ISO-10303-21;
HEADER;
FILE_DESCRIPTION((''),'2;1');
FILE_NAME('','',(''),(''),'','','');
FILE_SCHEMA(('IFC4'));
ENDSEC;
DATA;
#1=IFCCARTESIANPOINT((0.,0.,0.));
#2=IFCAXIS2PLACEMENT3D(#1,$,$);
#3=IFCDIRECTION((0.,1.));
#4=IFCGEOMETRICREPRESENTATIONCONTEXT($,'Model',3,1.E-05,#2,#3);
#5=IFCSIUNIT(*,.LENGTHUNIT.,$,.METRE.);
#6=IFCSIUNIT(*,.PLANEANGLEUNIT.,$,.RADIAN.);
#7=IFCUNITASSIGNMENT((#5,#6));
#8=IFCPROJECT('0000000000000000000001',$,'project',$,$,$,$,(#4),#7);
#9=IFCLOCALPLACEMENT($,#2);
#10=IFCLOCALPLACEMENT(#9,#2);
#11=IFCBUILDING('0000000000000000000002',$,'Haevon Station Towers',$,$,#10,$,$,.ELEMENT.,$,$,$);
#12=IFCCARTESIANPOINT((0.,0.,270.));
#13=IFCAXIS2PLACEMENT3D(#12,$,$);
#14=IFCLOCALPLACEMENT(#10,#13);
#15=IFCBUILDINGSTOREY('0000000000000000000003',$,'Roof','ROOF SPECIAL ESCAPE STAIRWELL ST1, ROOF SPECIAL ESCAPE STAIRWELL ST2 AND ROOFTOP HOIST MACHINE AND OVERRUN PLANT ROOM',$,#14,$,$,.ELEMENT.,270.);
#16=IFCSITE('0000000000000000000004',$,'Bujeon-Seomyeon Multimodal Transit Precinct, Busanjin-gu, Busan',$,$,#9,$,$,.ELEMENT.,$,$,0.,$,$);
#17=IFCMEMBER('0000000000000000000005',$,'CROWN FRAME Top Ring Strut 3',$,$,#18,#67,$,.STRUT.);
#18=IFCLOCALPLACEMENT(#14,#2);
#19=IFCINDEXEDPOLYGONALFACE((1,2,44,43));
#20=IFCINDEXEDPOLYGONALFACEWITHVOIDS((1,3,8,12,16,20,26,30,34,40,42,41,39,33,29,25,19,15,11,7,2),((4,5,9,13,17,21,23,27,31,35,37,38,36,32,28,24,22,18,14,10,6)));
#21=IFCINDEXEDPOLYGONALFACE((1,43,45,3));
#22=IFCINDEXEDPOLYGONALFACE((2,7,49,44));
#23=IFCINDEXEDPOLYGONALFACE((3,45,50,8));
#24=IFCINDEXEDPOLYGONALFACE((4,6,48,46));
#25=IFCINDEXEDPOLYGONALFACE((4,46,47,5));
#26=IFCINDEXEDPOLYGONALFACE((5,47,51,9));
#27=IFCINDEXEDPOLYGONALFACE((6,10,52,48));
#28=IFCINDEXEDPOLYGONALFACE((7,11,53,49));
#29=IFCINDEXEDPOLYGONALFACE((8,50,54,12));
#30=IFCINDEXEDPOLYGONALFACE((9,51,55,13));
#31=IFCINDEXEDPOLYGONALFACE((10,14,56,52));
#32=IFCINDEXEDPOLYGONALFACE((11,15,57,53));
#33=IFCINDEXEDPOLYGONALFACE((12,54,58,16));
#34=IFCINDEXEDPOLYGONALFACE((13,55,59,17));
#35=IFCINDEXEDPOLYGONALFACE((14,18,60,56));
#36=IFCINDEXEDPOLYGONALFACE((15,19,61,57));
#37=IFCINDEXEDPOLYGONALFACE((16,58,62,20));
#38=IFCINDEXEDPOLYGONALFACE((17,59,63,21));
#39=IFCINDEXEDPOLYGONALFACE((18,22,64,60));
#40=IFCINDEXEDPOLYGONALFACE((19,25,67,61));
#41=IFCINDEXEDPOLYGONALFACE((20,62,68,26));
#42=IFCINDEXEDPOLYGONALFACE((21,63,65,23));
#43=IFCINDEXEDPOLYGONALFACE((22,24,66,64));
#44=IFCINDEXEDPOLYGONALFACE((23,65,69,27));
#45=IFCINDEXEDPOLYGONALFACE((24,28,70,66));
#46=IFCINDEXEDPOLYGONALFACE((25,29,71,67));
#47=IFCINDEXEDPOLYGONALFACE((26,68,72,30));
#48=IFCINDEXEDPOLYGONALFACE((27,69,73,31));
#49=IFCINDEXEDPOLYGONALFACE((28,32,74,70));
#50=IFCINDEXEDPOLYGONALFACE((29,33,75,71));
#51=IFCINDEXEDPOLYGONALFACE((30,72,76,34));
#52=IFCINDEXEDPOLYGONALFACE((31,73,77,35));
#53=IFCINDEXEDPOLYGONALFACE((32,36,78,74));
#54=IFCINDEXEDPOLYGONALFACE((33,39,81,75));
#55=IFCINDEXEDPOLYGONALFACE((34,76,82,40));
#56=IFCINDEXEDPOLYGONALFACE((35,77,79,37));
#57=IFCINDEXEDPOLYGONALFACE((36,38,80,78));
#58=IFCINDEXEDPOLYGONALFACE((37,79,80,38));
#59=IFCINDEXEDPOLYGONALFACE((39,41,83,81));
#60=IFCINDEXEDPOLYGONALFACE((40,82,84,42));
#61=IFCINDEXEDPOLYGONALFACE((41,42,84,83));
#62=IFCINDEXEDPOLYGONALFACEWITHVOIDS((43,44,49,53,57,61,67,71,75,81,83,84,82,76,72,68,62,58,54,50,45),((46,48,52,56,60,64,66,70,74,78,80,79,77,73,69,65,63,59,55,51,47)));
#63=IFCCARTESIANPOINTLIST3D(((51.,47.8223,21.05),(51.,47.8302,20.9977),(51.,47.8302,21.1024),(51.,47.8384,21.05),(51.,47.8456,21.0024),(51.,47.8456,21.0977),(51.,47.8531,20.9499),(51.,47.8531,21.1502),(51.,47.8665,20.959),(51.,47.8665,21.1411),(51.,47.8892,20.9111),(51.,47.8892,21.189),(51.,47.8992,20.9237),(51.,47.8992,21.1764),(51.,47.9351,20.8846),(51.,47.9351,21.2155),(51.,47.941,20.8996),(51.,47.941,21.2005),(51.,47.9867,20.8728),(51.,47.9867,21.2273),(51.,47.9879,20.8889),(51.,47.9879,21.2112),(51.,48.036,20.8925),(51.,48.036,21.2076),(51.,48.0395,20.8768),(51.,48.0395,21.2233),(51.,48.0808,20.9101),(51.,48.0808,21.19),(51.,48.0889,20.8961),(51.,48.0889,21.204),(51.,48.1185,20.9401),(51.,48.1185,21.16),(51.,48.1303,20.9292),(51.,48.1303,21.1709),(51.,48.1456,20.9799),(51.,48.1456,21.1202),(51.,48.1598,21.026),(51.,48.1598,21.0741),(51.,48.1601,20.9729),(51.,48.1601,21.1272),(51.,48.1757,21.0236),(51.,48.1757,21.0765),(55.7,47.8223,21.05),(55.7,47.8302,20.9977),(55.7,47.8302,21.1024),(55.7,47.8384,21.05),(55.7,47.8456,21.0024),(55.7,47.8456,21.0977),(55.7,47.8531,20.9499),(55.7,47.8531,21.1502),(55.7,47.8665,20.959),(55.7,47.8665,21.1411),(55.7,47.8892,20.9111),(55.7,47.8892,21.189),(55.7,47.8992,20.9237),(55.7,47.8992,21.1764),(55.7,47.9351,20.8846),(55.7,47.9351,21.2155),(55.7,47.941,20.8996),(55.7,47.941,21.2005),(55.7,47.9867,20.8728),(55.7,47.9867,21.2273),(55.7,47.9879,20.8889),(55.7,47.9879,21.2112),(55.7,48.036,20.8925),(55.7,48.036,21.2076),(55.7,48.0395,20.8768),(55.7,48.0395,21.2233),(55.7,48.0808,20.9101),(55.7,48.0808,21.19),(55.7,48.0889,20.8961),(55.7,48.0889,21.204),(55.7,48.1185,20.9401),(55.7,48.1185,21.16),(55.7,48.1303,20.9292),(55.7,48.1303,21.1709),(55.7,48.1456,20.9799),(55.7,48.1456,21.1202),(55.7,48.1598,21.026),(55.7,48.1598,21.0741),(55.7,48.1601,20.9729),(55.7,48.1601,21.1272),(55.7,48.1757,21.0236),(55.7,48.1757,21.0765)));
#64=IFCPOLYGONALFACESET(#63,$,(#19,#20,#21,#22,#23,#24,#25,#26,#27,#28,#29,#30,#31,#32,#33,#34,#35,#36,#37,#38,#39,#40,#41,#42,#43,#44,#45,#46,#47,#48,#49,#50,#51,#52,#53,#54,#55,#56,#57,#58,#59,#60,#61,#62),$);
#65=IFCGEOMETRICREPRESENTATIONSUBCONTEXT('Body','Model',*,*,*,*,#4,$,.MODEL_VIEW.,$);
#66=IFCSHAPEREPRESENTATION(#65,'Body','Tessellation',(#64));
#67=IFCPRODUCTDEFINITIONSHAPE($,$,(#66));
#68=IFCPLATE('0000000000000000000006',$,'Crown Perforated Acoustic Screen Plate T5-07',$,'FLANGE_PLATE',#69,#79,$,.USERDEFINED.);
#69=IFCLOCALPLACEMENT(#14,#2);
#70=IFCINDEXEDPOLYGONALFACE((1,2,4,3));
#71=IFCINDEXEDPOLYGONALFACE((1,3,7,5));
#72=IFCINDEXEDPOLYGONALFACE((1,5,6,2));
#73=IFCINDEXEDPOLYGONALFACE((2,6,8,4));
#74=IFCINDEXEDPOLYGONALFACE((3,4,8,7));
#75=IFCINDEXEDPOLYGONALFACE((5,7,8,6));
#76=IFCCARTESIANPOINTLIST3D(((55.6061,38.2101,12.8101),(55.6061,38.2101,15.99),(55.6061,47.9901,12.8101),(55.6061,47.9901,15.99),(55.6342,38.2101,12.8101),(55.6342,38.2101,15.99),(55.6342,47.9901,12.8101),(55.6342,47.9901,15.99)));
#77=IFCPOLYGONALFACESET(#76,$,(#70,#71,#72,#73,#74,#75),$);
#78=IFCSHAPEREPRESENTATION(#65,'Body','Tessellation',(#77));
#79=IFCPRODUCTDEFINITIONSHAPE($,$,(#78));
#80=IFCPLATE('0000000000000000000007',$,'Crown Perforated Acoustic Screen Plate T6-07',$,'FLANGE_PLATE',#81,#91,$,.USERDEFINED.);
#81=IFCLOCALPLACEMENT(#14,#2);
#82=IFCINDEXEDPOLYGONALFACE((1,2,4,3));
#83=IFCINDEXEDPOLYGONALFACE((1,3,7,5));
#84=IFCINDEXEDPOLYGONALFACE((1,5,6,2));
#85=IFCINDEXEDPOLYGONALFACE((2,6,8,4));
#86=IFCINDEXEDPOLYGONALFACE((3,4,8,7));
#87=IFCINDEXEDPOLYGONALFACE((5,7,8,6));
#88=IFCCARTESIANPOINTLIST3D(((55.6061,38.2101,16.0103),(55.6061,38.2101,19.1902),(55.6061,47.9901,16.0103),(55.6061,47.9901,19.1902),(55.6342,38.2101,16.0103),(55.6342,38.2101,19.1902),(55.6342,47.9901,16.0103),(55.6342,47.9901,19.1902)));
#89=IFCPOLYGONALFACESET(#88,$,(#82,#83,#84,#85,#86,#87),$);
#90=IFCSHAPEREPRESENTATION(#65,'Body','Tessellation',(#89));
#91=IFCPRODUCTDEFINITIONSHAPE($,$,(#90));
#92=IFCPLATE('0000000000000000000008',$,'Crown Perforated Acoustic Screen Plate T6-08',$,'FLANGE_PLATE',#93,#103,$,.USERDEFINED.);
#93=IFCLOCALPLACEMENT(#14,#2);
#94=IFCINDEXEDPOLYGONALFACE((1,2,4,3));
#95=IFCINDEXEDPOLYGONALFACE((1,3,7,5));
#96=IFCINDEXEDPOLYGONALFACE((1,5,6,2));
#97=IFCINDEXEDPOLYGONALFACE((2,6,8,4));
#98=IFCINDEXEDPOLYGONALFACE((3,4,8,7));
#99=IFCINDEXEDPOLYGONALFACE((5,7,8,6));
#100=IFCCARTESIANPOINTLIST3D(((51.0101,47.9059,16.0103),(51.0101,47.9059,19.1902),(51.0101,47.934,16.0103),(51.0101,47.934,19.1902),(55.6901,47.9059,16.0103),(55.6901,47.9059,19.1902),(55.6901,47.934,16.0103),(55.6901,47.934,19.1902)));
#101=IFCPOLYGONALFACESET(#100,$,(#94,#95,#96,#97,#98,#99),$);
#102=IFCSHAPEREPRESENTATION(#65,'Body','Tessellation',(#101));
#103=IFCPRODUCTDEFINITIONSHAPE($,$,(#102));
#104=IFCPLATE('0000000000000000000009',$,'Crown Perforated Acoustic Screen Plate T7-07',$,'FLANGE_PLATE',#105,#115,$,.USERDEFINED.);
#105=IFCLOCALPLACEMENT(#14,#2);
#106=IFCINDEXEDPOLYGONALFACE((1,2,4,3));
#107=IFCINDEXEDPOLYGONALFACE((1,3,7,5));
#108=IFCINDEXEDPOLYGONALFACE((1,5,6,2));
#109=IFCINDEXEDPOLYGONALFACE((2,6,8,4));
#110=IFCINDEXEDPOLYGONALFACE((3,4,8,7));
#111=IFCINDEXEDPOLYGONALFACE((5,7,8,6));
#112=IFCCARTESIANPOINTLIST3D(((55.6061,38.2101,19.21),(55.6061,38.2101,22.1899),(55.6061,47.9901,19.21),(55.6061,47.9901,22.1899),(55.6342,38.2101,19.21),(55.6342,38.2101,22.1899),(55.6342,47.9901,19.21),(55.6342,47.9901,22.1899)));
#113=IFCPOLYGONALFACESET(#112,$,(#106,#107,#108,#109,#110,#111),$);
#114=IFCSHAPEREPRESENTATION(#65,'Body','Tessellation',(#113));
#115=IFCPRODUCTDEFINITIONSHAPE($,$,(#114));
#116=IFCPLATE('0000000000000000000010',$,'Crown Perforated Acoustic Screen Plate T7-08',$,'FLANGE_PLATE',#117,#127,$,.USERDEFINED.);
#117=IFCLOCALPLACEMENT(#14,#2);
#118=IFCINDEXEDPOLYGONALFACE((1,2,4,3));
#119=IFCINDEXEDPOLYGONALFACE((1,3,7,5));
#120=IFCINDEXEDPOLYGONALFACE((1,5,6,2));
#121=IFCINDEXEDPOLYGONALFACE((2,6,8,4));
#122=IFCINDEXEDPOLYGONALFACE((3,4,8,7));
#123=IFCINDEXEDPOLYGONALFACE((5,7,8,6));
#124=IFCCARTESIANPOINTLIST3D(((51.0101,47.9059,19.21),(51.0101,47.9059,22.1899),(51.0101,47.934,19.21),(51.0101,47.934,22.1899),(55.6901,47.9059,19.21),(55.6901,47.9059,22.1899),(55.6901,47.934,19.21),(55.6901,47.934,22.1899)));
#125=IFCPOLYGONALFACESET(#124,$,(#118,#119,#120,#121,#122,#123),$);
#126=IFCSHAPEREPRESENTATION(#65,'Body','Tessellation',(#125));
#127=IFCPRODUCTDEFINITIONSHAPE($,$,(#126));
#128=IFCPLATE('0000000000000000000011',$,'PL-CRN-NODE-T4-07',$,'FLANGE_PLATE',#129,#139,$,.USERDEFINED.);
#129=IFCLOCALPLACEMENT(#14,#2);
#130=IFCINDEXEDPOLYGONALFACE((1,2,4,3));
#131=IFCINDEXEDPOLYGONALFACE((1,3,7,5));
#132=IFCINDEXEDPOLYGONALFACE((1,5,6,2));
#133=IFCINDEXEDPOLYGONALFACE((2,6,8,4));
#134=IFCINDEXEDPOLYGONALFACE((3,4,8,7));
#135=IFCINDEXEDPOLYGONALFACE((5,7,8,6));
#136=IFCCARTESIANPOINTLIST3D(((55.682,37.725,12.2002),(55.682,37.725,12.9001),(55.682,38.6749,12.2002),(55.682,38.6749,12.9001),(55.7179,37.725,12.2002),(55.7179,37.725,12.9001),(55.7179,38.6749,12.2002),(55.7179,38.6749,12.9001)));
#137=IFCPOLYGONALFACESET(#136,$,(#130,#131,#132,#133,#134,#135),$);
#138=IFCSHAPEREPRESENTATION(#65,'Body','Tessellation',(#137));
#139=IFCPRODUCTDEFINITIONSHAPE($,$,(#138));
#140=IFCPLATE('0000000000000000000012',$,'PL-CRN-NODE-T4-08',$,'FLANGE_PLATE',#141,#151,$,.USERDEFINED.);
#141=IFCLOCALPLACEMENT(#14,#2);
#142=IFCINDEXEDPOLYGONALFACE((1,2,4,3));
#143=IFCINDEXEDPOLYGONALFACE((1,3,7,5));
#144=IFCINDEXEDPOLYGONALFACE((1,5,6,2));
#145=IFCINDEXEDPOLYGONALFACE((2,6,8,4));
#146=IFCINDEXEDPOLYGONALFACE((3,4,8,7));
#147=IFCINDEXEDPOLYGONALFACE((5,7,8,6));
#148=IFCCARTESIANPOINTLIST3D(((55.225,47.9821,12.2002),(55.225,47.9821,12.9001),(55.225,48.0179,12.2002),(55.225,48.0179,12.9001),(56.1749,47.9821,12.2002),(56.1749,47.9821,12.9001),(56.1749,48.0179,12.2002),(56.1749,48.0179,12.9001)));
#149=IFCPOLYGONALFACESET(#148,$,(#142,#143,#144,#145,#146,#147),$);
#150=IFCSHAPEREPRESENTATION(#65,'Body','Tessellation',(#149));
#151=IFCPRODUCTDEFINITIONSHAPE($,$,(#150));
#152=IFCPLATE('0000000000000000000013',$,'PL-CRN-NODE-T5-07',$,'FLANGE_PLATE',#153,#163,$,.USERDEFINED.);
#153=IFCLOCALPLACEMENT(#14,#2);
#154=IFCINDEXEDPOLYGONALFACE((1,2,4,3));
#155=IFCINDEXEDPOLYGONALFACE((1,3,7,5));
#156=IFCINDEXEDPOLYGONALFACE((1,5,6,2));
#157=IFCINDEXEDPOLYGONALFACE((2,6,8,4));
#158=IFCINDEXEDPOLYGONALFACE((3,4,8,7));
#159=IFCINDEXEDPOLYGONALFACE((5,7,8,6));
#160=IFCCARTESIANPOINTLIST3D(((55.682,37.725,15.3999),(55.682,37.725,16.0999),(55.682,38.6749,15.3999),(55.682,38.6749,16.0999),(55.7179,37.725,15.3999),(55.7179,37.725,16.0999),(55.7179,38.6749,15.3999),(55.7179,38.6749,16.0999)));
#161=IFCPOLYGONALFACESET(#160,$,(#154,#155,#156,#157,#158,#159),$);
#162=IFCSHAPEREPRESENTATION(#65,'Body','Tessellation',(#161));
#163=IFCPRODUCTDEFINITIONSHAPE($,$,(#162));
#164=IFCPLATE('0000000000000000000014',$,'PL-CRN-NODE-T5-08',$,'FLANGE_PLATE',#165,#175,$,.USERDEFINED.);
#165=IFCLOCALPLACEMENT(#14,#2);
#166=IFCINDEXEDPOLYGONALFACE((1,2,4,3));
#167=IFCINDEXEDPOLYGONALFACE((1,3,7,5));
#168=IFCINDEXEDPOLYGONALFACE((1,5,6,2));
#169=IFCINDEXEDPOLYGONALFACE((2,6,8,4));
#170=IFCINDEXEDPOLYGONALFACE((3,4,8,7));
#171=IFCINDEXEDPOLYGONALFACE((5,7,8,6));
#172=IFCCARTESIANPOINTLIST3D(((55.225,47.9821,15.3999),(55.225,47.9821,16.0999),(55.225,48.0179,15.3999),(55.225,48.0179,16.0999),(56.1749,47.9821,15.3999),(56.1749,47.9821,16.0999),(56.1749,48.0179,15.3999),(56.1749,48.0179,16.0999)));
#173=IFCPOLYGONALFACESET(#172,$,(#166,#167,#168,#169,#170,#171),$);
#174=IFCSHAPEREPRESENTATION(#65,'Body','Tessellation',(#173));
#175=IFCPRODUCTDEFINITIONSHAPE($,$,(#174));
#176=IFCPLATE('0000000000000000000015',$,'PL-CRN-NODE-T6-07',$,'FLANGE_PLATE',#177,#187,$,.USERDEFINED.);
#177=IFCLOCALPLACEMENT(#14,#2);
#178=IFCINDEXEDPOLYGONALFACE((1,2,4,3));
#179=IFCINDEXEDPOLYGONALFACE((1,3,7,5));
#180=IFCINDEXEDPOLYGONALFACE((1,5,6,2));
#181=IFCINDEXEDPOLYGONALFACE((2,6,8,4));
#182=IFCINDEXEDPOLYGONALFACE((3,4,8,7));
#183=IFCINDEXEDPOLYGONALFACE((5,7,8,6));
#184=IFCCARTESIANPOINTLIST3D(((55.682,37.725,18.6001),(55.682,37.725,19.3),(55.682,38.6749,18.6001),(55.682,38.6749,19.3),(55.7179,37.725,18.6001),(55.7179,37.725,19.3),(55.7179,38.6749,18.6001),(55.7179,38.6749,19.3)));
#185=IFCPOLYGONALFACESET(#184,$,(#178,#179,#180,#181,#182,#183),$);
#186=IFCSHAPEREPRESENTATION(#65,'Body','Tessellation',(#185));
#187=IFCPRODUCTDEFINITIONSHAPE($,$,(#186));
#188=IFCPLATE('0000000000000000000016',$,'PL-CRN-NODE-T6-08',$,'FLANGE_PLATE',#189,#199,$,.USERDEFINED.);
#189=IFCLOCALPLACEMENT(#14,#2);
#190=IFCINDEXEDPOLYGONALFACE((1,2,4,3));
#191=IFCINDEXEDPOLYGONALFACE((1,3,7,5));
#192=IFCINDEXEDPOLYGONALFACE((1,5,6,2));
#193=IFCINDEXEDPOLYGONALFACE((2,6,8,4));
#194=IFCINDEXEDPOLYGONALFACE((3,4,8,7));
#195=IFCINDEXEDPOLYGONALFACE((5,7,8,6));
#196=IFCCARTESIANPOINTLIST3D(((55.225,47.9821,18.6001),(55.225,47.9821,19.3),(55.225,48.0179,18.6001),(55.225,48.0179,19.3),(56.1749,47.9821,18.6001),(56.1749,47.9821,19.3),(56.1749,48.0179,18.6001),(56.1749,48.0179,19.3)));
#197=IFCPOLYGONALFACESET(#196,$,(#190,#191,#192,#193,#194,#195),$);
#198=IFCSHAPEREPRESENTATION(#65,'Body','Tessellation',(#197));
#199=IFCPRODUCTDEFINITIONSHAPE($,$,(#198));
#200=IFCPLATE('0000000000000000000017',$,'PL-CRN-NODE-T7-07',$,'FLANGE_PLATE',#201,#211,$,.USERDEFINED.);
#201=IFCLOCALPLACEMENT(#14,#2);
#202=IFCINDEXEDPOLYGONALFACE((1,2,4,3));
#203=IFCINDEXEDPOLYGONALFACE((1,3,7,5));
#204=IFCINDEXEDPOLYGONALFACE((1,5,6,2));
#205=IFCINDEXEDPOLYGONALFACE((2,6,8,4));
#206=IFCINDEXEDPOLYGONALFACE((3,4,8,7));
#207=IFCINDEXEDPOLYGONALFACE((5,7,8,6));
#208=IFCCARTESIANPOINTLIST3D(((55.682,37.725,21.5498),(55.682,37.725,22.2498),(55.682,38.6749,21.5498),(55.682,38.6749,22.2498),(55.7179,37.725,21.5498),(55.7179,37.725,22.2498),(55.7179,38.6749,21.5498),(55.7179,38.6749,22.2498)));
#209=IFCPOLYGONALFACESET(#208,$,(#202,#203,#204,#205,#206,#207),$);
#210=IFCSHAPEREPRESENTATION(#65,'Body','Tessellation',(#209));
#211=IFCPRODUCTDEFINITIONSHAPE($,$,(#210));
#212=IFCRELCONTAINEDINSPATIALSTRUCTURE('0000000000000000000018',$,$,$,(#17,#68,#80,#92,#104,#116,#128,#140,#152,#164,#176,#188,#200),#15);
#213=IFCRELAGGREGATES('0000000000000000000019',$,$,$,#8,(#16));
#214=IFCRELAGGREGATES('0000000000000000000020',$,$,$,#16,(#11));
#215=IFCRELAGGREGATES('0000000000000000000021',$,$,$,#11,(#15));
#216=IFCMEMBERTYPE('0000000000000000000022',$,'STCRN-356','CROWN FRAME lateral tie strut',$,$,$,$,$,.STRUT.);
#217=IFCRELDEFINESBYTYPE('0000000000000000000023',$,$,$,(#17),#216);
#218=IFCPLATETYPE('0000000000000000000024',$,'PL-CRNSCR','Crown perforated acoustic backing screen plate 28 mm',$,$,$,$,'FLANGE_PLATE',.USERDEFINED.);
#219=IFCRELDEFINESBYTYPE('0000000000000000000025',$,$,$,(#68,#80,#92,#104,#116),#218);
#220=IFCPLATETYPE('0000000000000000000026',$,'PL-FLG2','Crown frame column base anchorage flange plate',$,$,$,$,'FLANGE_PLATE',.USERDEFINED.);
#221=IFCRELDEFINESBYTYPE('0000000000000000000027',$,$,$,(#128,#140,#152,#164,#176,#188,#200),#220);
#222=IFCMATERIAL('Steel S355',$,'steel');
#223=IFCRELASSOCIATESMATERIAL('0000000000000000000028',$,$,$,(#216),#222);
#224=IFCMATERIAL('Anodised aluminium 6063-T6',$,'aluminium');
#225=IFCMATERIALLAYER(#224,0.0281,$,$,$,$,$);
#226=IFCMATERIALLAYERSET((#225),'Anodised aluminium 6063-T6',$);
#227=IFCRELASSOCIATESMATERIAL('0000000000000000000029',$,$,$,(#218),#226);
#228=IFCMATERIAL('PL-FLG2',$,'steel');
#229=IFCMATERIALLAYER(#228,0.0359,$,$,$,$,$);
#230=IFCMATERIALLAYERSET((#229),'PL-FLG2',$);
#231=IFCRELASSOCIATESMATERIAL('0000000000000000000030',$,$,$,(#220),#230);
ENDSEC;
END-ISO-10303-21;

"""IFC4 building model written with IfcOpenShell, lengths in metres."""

from ifc_helpers import new_model, si_unit, direction, frame, origin, origin_2d, place, context, subcontext, project, spatial, rectangle, hollow_circle, extrude, material, layer, layer_set, material_profile, profile_set, type_object, element, save


model = new_model("IFC4")

# Units and contexts
model_context = context("Model", 3, precision=1e-05, world=origin(), true_north=direction((0.0, 1.0)))
body_context = subcontext(model_context, "Body", "Model", "MODEL_VIEW")
ifc_project = project(units=[si_unit("LENGTHUNIT", "METRE"), si_unit("PLANEANGLEUNIT", "RADIAN")], contexts=[model_context])

# Site, building, storey
site_placement = place(None, origin())
site = spatial("IfcSite", under=ifc_project, at=site_placement, Name="Bujeon-Seomyeon Multimodal Transit Precinct, Busanjin-gu, Busan", CompositionType="ELEMENT", RefElevation=0.0)
building_placement = place(site_placement, origin())
building = spatial("IfcBuilding", under=site, at=building_placement, Name="Haevon Station Towers", CompositionType="ELEMENT")
storey_placement = place(building_placement, frame((0.0, 0.0, 270.0)))
storey = spatial("IfcBuildingStorey", under=building, at=storey_placement, Name="Roof", Description="ROOF SPECIAL ESCAPE STAIRWELL ST1, ROOF SPECIAL ESCAPE STAIRWELL ST2 AND ROOFTOP HOIST MACHINE AND OVERRUN PLANT ROOM", CompositionType="ELEMENT", Elevation=270.0)

# Shared definitions
ifc_material_1 = material(Name="Steel S355", Category="steel")

# Member
ifc_material_profile_1 = material_profile(ifc_material_1, hollow_circle(Radius=0.1777, WallThickness=0.0161, at=origin_2d()), Name="CHS-355.6x16")
ifc_profile_set_1 = profile_set([ifc_material_profile_1], Name="Steel S355")
member_type_1 = type_object("IfcMemberType", Name="STCRN-356", Description="CROWN FRAME lateral tie strut", PredefinedType="STRUT", material=ifc_profile_set_1)
member_1_placement = place(storey_placement, frame((55.7, 48.0, 21.05), z_axis=(-1.0, 0.0, 0.0), x_axis=(0.0, -1.0, 0.0)))
element("IfcMember", 1, at=member_1_placement, inside=storey, type_object=member_type_1, Name="CROWN FRAME Top Ring Strut 3", PredefinedType="STRUT", context=body_context, shape_type="SweptSolid", body=[
    extrude(hollow_circle(Radius=0.1777, WallThickness=0.0161, at=origin_2d()), origin(), (0.0, 0.0, 1.0), 4.7),
])

# Plates
ifc_material_2 = material(Name="Anodised aluminium 6063-T6", Category="aluminium")
ifc_layer_1 = layer(ifc_material_2, 0.0281)
ifc_layer_set_1 = layer_set([ifc_layer_1], Name="Anodised aluminium 6063-T6")
plate_type_1 = type_object("IfcPlateType", Name="PL-CRNSCR", Description="Crown perforated acoustic backing screen plate 28 mm", ElementType="FLANGE_PLATE", PredefinedType="USERDEFINED", material=ifc_layer_set_1)
for number, where, z_axis, x_axis, name in (
    (2, (55.6201, 43.1001, 12.8101), (0.0, 0.0, 1.0), (0.0, 1.0, 0.0), "Crown Perforated Acoustic Screen Plate T5-07"),
    (3, (55.6201, 43.1001, 16.0103), (0.0, 0.0, 1.0), (0.0, 1.0, 0.0), "Crown Perforated Acoustic Screen Plate T6-07"),
):
    element("IfcPlate", number, at=place(storey_placement, frame(where, z_axis=z_axis, x_axis=x_axis)), inside=storey, type_object=plate_type_1, Name=name, ObjectType="FLANGE_PLATE", PredefinedType="USERDEFINED", context=body_context, shape_type="SweptSolid", body=[
        extrude(rectangle(XDim=9.78, YDim=0.0281, at=origin_2d()), origin(), (0.0, 0.0, 1.0), 3.1799),
    ])
plate_1_placement = place(storey_placement, frame((53.3501, 47.9199, 16.0103), z_axis=(0.0, 0.0, 1.0), x_axis=(-1.0, 0.0, 0.0)))
element("IfcPlate", 4, at=plate_1_placement, inside=storey, type_object=plate_type_1, Name="Crown Perforated Acoustic Screen Plate T6-08", ObjectType="FLANGE_PLATE", PredefinedType="USERDEFINED", context=body_context, shape_type="SweptSolid", body=[
    extrude(rectangle(XDim=4.6799, YDim=0.0281, at=origin_2d()), origin(), (0.0, 0.0, 1.0), 3.1799),
])
plate_2_placement = place(storey_placement, frame((55.6201, 43.1001, 19.21), z_axis=(0.0, 0.0, 1.0), x_axis=(0.0, 1.0, 0.0)))
element("IfcPlate", 5, at=plate_2_placement, inside=storey, type_object=plate_type_1, Name="Crown Perforated Acoustic Screen Plate T7-07", ObjectType="FLANGE_PLATE", PredefinedType="USERDEFINED", context=body_context, shape_type="SweptSolid", body=[
    extrude(rectangle(XDim=9.78, YDim=0.0281, at=origin_2d()), origin(), (0.0, 0.0, 1.0), 2.98),
])
plate_3_placement = place(storey_placement, frame((53.3501, 47.9199, 19.21), z_axis=(0.0, 0.0, 1.0), x_axis=(-1.0, 0.0, 0.0)))
element("IfcPlate", 6, at=plate_3_placement, inside=storey, type_object=plate_type_1, Name="Crown Perforated Acoustic Screen Plate T7-08", ObjectType="FLANGE_PLATE", PredefinedType="USERDEFINED", context=body_context, shape_type="SweptSolid", body=[
    extrude(rectangle(XDim=4.6799, YDim=0.0281, at=origin_2d()), origin(), (0.0, 0.0, 1.0), 2.98),
])
ifc_material_3 = material(Name="PL-FLG2", Category="steel")
ifc_layer_2 = layer(ifc_material_3, 0.0359)
ifc_layer_set_2 = layer_set([ifc_layer_2], Name="PL-FLG2")
plate_type_2 = type_object("IfcPlateType", Name="PL-FLG2", Description="Crown frame column base anchorage flange plate", ElementType="FLANGE_PLATE", PredefinedType="USERDEFINED", material=ifc_layer_set_2)
for number, where, z_axis, x_axis, name in (
    (7, (55.7, 38.2, 12.2002), (0.0, 0.0, 1.0), (0.0, 1.0, 0.0), "PL-CRN-NODE-T4-07"),
    (8, (55.7, 48.0, 12.2002), (0.0, 0.0, 1.0), (-1.0, 0.0, 0.0), "PL-CRN-NODE-T4-08"),
    (9, (55.7, 38.2, 15.3999), (0.0, 0.0, 1.0), (0.0, 1.0, 0.0), "PL-CRN-NODE-T5-07"),
    (10, (55.7, 48.0, 15.3999), (0.0, 0.0, 1.0), (-1.0, 0.0, 0.0), "PL-CRN-NODE-T5-08"),
    (11, (55.7, 38.2, 18.6001), (0.0, 0.0, 1.0), (0.0, 1.0, 0.0), "PL-CRN-NODE-T6-07"),
    (12, (55.7, 48.0, 18.6001), (0.0, 0.0, 1.0), (-1.0, 0.0, 0.0), "PL-CRN-NODE-T6-08"),
    (13, (55.7, 38.2, 21.5498), (0.0, 0.0, 1.0), (0.0, 1.0, 0.0), "PL-CRN-NODE-T7-07"),
):
    element("IfcPlate", number, at=place(storey_placement, frame(where, z_axis=z_axis, x_axis=x_axis)), inside=storey, type_object=plate_type_2, Name=name, ObjectType="FLANGE_PLATE", PredefinedType="USERDEFINED", context=body_context, shape_type="SweptSolid", body=[
        extrude(rectangle(XDim=0.95, YDim=0.0359, at=origin_2d()), origin(), (0.0, 0.0, 1.0), 0.7),
    ])

save(model, "model.ifc")
